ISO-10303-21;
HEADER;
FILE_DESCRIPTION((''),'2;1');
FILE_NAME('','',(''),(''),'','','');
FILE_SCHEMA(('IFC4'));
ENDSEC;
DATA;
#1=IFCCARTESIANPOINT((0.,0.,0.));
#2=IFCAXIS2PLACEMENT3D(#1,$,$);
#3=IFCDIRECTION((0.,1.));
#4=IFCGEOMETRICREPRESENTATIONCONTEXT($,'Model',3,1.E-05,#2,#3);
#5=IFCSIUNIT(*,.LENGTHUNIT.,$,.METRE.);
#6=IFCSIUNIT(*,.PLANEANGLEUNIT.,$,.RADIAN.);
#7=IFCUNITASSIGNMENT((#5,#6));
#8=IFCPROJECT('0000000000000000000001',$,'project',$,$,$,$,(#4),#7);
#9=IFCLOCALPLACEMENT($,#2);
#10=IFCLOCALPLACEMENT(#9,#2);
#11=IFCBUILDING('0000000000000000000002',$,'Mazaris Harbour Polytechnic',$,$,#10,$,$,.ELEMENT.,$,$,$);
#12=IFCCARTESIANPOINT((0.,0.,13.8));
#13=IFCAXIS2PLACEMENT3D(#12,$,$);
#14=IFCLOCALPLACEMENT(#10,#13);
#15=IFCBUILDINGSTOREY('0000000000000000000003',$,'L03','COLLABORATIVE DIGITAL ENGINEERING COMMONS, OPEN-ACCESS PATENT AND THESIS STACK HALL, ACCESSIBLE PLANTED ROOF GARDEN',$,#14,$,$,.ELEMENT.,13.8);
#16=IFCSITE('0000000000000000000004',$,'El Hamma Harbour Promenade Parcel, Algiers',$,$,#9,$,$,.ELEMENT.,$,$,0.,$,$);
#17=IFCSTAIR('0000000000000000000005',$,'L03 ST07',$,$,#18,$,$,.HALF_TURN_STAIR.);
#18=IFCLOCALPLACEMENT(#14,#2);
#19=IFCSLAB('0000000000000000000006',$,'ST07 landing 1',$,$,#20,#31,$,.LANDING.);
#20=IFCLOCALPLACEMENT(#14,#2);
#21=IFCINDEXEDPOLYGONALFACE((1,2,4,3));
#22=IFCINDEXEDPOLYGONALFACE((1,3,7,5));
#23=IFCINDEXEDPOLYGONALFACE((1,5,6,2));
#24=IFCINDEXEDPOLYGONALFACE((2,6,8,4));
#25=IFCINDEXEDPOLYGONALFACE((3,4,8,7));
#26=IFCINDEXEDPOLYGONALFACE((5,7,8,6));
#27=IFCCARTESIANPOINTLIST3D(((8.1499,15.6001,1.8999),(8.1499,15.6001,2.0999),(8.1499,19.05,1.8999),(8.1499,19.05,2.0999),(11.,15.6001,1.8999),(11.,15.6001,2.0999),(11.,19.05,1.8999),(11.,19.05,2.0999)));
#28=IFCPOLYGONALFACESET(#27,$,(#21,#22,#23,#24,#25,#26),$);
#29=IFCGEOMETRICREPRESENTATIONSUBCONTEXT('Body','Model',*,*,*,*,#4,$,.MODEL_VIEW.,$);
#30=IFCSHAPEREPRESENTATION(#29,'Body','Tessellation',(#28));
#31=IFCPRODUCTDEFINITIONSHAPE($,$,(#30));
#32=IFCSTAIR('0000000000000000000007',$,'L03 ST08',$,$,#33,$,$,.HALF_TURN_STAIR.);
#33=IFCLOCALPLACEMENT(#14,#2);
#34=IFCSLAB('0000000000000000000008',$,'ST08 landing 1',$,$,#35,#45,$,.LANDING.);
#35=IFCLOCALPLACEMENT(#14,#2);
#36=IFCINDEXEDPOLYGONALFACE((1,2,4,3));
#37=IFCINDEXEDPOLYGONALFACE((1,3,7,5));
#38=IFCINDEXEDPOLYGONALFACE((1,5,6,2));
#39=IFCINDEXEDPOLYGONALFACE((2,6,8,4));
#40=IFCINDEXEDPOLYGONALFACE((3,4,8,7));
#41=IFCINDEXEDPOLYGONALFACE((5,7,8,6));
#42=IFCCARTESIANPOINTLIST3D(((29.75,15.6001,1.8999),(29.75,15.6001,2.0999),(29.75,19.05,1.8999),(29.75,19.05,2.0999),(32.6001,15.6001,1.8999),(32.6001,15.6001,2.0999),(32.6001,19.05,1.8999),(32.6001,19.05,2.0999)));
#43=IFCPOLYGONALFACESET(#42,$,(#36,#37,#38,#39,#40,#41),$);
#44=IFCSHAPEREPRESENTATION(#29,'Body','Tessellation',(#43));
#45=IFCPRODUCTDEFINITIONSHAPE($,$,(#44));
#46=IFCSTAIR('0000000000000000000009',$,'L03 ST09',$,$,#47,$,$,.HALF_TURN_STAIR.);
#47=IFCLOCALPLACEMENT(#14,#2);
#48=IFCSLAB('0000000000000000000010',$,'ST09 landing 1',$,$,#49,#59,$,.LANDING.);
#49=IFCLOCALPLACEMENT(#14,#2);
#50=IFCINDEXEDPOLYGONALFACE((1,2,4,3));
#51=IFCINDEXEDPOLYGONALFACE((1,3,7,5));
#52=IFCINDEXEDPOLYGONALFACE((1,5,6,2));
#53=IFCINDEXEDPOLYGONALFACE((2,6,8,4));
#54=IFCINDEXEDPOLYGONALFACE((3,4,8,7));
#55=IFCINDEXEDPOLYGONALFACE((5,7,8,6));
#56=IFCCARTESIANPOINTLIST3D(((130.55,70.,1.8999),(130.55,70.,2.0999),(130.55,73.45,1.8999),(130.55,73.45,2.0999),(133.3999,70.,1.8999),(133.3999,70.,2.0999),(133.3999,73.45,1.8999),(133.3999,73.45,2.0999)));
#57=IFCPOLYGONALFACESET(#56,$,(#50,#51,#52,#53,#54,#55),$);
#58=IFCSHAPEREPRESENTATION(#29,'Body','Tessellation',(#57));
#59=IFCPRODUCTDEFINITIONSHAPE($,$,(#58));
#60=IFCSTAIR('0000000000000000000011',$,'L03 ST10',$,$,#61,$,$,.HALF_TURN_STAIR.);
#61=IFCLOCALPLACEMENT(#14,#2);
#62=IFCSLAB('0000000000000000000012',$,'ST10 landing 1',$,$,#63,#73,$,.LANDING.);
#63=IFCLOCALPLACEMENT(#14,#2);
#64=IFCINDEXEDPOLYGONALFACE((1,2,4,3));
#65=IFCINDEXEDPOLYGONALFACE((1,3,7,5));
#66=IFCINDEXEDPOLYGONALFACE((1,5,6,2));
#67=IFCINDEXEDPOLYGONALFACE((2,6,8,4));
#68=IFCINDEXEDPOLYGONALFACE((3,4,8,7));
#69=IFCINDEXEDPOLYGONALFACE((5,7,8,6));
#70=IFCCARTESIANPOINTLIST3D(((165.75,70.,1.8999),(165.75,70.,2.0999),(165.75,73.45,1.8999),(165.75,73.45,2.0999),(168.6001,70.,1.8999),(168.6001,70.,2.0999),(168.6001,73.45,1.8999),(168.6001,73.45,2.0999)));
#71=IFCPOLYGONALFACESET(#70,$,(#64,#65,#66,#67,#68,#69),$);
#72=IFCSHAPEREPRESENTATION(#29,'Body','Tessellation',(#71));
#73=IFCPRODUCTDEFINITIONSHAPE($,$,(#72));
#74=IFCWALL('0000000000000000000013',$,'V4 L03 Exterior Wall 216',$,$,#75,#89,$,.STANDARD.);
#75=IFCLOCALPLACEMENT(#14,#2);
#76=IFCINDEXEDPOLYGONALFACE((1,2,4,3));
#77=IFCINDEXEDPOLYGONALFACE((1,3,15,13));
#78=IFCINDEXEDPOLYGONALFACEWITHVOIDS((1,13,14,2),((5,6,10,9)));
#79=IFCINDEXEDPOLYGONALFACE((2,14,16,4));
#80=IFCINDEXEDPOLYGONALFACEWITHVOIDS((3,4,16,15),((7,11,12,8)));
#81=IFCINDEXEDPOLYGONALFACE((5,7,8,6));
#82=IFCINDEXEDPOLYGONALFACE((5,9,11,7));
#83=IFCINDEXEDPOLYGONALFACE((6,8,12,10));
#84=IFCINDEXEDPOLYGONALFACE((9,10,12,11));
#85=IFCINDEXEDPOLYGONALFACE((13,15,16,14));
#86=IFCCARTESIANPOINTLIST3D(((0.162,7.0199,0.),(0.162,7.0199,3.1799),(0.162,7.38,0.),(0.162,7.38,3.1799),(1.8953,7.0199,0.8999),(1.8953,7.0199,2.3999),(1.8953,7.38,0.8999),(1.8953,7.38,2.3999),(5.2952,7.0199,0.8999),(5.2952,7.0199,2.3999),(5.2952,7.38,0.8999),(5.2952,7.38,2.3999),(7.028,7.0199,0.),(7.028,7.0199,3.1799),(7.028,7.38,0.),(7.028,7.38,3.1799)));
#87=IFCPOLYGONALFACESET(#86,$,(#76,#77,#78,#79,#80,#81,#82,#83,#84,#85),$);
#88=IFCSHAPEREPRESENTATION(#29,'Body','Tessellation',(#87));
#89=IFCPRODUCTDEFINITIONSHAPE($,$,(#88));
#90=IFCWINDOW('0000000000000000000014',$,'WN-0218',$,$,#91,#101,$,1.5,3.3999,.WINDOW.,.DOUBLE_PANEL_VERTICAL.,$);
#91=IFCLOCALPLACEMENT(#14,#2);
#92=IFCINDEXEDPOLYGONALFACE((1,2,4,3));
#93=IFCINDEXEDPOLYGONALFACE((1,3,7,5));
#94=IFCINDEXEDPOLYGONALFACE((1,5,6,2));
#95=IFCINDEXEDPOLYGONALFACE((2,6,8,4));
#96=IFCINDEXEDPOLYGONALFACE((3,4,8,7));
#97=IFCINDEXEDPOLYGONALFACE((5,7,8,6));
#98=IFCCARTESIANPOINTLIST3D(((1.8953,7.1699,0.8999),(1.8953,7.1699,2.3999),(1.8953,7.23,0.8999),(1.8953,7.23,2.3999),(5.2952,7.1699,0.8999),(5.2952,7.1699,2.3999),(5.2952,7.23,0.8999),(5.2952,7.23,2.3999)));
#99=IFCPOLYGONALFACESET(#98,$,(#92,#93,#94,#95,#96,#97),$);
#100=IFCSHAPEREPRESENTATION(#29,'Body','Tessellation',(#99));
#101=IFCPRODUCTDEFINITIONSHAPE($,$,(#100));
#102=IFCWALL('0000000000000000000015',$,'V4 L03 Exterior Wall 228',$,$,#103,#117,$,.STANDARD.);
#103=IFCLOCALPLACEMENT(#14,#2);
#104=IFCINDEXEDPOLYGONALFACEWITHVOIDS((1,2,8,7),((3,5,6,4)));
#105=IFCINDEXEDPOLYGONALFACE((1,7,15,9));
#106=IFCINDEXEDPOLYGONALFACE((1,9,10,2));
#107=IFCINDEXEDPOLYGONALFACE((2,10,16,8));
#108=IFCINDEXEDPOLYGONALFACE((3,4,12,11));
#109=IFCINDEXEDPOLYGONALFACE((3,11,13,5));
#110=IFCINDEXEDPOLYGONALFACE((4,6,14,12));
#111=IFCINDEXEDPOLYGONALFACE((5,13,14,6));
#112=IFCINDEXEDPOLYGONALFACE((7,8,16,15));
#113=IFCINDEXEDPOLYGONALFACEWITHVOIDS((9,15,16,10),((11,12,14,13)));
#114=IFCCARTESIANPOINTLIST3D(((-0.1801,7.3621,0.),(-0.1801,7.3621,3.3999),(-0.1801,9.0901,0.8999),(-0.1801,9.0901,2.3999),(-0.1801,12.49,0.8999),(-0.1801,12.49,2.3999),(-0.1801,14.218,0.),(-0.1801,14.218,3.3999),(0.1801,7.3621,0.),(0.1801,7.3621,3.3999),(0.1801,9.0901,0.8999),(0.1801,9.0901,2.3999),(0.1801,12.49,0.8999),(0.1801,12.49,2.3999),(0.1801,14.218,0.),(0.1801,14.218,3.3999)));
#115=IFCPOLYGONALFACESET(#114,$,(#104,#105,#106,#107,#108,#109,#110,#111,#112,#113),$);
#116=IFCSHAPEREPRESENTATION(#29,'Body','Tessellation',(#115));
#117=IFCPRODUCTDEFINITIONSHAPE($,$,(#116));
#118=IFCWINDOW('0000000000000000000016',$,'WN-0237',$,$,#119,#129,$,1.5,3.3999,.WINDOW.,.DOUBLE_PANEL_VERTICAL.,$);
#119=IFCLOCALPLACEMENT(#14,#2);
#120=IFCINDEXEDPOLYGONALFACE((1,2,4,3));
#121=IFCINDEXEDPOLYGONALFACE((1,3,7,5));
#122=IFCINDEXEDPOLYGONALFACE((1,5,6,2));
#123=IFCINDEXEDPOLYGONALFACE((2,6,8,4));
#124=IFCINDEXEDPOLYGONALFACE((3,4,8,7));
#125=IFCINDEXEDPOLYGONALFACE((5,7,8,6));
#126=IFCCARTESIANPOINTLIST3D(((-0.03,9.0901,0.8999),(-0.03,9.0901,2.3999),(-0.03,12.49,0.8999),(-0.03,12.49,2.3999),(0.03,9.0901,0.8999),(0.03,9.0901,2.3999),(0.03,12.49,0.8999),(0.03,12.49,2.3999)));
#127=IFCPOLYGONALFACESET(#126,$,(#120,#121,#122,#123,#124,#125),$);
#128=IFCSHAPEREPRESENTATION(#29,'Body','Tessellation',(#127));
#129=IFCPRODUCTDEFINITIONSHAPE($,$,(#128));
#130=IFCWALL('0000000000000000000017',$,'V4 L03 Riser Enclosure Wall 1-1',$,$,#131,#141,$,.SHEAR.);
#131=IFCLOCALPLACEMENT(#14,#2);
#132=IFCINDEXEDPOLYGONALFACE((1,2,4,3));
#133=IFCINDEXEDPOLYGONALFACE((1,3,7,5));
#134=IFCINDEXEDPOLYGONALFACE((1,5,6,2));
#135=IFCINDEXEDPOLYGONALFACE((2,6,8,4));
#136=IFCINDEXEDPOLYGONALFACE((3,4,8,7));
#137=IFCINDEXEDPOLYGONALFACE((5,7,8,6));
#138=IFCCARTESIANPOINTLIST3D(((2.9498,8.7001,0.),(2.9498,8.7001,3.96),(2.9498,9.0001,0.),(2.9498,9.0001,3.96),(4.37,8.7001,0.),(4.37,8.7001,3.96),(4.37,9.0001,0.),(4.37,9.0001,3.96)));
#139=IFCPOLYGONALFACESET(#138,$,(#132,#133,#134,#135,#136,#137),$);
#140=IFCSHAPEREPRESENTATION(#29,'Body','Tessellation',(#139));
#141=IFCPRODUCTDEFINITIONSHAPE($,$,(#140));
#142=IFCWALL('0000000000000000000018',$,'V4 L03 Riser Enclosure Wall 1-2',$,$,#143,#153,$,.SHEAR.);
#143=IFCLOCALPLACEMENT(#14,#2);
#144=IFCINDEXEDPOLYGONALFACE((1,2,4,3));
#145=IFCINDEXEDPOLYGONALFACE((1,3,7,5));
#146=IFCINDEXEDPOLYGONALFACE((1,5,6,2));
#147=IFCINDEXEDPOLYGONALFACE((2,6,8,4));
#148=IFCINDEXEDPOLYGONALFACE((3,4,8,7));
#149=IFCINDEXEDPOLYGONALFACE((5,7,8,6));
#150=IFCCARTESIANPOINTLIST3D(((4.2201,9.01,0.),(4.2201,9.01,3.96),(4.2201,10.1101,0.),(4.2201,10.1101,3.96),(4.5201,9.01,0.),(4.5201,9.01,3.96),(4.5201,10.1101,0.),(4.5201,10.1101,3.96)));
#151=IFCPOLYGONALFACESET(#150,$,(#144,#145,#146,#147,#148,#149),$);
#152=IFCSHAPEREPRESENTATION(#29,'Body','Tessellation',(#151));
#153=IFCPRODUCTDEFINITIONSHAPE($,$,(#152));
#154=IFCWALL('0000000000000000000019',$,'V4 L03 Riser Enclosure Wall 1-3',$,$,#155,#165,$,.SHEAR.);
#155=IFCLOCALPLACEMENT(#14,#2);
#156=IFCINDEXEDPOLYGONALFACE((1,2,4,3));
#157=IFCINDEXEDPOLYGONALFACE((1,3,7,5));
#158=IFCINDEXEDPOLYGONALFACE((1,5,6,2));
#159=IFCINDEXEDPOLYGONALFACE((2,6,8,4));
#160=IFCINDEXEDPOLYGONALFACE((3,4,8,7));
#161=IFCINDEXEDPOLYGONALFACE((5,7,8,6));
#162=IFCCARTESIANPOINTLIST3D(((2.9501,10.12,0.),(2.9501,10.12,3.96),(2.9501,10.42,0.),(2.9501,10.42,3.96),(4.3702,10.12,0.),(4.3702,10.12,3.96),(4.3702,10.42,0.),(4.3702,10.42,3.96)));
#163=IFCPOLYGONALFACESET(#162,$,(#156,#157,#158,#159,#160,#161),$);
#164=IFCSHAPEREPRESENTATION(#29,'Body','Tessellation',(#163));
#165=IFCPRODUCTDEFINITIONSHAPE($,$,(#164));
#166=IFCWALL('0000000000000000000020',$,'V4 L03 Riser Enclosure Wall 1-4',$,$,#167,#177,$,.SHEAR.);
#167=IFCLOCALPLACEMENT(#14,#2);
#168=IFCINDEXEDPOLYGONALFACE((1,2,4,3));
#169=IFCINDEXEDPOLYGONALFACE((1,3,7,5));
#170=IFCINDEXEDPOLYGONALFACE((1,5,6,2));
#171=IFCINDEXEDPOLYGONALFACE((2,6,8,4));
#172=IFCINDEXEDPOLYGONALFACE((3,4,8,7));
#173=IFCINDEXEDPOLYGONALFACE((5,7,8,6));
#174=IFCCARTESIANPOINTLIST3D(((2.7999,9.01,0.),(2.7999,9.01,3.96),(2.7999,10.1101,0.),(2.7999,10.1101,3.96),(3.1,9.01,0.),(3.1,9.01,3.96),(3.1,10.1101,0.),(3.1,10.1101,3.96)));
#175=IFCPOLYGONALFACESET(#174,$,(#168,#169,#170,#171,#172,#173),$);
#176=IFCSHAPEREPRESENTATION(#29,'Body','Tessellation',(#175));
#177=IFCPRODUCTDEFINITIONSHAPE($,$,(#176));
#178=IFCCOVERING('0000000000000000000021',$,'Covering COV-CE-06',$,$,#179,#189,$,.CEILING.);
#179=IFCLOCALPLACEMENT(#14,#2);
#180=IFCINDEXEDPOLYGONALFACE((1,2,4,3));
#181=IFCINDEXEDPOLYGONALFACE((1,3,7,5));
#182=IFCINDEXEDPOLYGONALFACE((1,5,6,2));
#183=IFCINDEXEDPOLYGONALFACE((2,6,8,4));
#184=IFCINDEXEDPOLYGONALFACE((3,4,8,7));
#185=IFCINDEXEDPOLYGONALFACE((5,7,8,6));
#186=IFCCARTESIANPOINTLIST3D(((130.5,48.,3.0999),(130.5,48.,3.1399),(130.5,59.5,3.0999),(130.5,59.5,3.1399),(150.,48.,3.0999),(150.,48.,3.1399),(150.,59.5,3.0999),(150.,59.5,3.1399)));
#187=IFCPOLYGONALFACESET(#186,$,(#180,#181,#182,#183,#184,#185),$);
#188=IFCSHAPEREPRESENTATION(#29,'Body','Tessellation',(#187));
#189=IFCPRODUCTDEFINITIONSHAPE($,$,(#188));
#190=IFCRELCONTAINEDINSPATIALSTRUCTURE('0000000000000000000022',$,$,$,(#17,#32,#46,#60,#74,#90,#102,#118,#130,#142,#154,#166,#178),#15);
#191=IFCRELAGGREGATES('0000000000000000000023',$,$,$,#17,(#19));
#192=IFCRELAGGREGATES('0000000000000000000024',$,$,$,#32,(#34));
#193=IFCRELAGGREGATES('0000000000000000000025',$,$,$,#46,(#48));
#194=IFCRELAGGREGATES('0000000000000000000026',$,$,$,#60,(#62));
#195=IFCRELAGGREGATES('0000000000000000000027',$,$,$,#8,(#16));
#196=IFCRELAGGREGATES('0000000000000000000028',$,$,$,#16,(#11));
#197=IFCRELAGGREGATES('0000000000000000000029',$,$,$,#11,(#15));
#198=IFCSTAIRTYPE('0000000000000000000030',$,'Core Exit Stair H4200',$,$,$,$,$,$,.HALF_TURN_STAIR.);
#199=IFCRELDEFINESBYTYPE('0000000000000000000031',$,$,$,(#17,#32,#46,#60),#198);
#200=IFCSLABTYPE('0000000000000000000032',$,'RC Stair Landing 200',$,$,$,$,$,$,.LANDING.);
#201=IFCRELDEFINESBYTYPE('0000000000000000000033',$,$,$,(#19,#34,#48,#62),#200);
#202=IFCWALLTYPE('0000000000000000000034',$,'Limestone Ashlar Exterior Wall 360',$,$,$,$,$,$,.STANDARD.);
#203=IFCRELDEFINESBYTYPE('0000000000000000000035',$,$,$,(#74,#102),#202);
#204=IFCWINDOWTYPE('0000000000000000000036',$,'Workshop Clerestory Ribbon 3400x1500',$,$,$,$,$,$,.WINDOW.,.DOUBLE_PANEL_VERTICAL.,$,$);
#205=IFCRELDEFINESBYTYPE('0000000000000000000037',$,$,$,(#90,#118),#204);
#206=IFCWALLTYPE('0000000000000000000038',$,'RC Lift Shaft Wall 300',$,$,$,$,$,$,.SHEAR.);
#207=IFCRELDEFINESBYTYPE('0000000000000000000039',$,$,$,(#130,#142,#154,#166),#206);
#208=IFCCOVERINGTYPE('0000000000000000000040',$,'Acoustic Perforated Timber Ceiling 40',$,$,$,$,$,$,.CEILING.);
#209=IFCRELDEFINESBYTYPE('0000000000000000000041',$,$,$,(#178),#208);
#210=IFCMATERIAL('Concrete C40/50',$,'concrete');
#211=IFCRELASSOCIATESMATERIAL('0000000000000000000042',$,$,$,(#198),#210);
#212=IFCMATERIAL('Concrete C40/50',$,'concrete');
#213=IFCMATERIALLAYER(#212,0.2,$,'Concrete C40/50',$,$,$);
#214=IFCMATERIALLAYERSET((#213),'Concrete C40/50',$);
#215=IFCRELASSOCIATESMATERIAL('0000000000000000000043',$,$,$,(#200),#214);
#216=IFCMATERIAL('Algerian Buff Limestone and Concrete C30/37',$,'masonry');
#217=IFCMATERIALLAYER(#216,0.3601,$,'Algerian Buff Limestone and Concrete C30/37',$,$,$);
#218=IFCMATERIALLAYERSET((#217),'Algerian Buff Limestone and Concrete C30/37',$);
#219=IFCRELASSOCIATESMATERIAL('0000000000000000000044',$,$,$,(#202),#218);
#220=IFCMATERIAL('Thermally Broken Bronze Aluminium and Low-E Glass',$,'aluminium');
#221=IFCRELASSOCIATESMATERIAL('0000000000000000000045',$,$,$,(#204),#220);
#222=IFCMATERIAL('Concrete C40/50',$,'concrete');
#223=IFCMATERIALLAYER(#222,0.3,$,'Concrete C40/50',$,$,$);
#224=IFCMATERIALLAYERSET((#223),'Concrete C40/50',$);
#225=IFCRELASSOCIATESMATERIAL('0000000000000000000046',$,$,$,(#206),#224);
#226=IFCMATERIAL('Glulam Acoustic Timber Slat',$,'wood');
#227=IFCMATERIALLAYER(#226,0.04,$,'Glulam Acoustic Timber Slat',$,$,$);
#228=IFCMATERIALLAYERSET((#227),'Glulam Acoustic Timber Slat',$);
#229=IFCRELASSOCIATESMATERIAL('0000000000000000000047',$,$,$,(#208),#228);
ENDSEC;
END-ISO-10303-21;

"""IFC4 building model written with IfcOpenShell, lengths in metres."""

from ifc_helpers import new_model, si_unit, direction, frame, frame_2d, origin, place, context, subcontext, project, spatial, polyline, rectangle, outline, extrude, material, layer, layer_set, type_object, element, fill, aggregate, save


model = new_model("IFC4")

# Units and contexts
model_context = context("Model", 3, precision=1e-05, world=origin(), true_north=direction((0.0, 1.0)))
body_context = subcontext(model_context, "Body", "Model", "MODEL_VIEW")
ifc_project = project(units=[si_unit("LENGTHUNIT", "METRE"), si_unit("PLANEANGLEUNIT", "RADIAN")], contexts=[model_context])

# Site, building, storey
site_placement = place(None, origin())
site = spatial("IfcSite", under=ifc_project, at=site_placement, Name="El Hamma Harbour Promenade Parcel, Algiers", CompositionType="ELEMENT", RefElevation=0.0)
building_placement = place(site_placement, origin())
building = spatial("IfcBuilding", under=site, at=building_placement, Name="Mazaris Harbour Polytechnic", CompositionType="ELEMENT")
storey_placement = place(building_placement, frame((0.0, 0.0, 13.8)))
storey = spatial("IfcBuildingStorey", under=building, at=storey_placement, Name="L03", Description="COLLABORATIVE DIGITAL ENGINEERING COMMONS, OPEN-ACCESS PATENT AND THESIS STACK HALL, ACCESSIBLE PLANTED ROOF GARDEN", CompositionType="ELEMENT", Elevation=13.8)

# Stairs, slabs
ifc_material_1 = material(Name="Concrete C40/50", Category="concrete")
stair_type = type_object("IfcStairType", Name="Core Exit Stair H4200", PredefinedType="HALF_TURN_STAIR", material=ifc_material_1)
stair_1_placement = place(storey_placement, origin())
stair_1 = element("IfcStair", 1, at=stair_1_placement, inside=storey, type_object=stair_type, Name="L03 ST07", PredefinedType="HALF_TURN_STAIR")
ifc_material_2 = material(Name="Concrete C40/50", Category="concrete")
ifc_layer_1 = layer(ifc_material_2, 0.2, Name="Concrete C40/50")
ifc_layer_set_1 = layer_set([ifc_layer_1], Name="Concrete C40/50")
slab_type = type_object("IfcSlabType", Name="RC Stair Landing 200", PredefinedType="LANDING", material=ifc_layer_set_1)
slab_1_placement = place(storey_placement, frame((0.0, 0.0, 1.8999)))
slab_1 = element("IfcSlab", 2, at=slab_1_placement, type_object=slab_type, Name="ST07 landing 1", PredefinedType="LANDING", context=body_context, shape_type="SweptSolid", body=[
    extrude(outline(polyline([(8.1499, 15.6001), (11.0, 15.6001), (11.0, 19.05), (8.1499, 19.05), (8.1499, 15.6001)])), origin(), (0.0, 0.0, 1.0), 0.2),
])
aggregate(stair_1, [slab_1])
stair_2_placement = place(storey_placement, origin())
stair_2 = element("IfcStair", 3, at=stair_2_placement, inside=storey, type_object=stair_type, Name="L03 ST08", PredefinedType="HALF_TURN_STAIR")
slab_2_placement = place(storey_placement, frame((0.0, 0.0, 1.8999)))
slab_2 = element("IfcSlab", 4, at=slab_2_placement, type_object=slab_type, Name="ST08 landing 1", PredefinedType="LANDING", context=body_context, shape_type="SweptSolid", body=[
    extrude(outline(polyline([(29.75, 15.6001), (32.6001, 15.6001), (32.6001, 19.05), (29.75, 19.05), (29.75, 15.6001)])), origin(), (0.0, 0.0, 1.0), 0.2),
])
aggregate(stair_2, [slab_2])
stair_3_placement = place(storey_placement, origin())
stair_3 = element("IfcStair", 5, at=stair_3_placement, inside=storey, type_object=stair_type, Name="L03 ST09", PredefinedType="HALF_TURN_STAIR")
slab_3_placement = place(storey_placement, frame((0.0, 0.0, 1.8999)))
slab_3 = element("IfcSlab", 6, at=slab_3_placement, type_object=slab_type, Name="ST09 landing 1", PredefinedType="LANDING", context=body_context, shape_type="SweptSolid", body=[
    extrude(outline(polyline([(130.55, 70.0), (133.3999, 70.0), (133.3999, 73.45), (130.55, 73.45), (130.55, 70.0)])), origin(), (0.0, 0.0, 1.0), 0.2),
])
aggregate(stair_3, [slab_3])
stair_4_placement = place(storey_placement, origin())
stair_4 = element("IfcStair", 7, at=stair_4_placement, inside=storey, type_object=stair_type, Name="L03 ST10", PredefinedType="HALF_TURN_STAIR")
slab_4_placement = place(storey_placement, frame((0.0, 0.0, 1.8999)))
slab_4 = element("IfcSlab", 8, at=slab_4_placement, type_object=slab_type, Name="ST10 landing 1", PredefinedType="LANDING", context=body_context, shape_type="SweptSolid", body=[
    extrude(outline(polyline([(165.75, 70.0), (168.6001, 70.0), (168.6001, 73.45), (165.75, 73.45), (165.75, 70.0)])), origin(), (0.0, 0.0, 1.0), 0.2),
])
aggregate(stair_4, [slab_4])

# Walls, openings, windows
ifc_material_3 = material(Name="Algerian Buff Limestone and Concrete C30/37", Category="masonry")
ifc_layer_2 = layer(ifc_material_3, 0.3601, Name="Algerian Buff Limestone and Concrete C30/37")
ifc_layer_set_2 = layer_set([ifc_layer_2], Name="Algerian Buff Limestone and Concrete C30/37")
wall_type_1 = type_object("IfcWallType", Name="Limestone Ashlar Exterior Wall 360", PredefinedType="STANDARD", material=ifc_layer_set_2)
wall_1_placement = place(storey_placement, frame((7.0281, 7.2, 0.0), z_axis=(0.0, 0.0, 1.0), x_axis=(-1.0, 0.0, 0.0)))
wall_1 = element("IfcWall", 9, at=wall_1_placement, inside=storey, type_object=wall_type_1, Name="V4 L03 Exterior Wall 216", PredefinedType="STANDARD", context=body_context, shape_type="SweptSolid", body=[
    extrude(rectangle(XDim=6.866, YDim=0.3601, at=frame_2d((3.4331, 0.0))), origin(), (0.0, 0.0, 1.0), 3.1799),
])
opening_1_placement = place(wall_1_placement, frame((1.7329, 0.0, 0.8999)))
opening_1 = element("IfcOpeningElement", 10, at=opening_1_placement, cuts=wall_1, PredefinedType="OPENING", context=body_context, shape_type="SweptSolid", body=[
    extrude(rectangle(XDim=3.3999, YDim=1.5, at=frame_2d((1.7, 0.75))), frame((0.0, 0.1899, 0.0), z_axis=(0.0, -1.0, 0.0), x_axis=(1.0, 0.0, 0.0)), (0.0, 0.0, 1.0), 0.3801),
])
ifc_material_4 = material(Name="Thermally Broken Bronze Aluminium and Low-E Glass", Category="aluminium")
window_type = type_object("IfcWindowType", Name="Workshop Clerestory Ribbon 3400x1500", PartitioningType="DOUBLE_PANEL_VERTICAL", PredefinedType="WINDOW", material=ifc_material_4)
window_1_placement = place(opening_1_placement, origin())
window_1 = element("IfcWindow", 11, at=window_1_placement, inside=storey, type_object=window_type, Name="WN-0218", OverallHeight=1.5, OverallWidth=3.3999, PartitioningType="DOUBLE_PANEL_VERTICAL", PredefinedType="WINDOW", context=body_context, shape_type="SweptSolid", body=[
    extrude(rectangle(XDim=3.3999, YDim=1.5, at=frame_2d((1.7, 0.75))), frame((0.0, 0.03, 0.0), z_axis=(0.0, -1.0, 0.0), x_axis=(1.0, 0.0, 0.0)), (0.0, 0.0, 1.0), 0.0601),
])
fill(opening_1, window_1)
wall_2_placement = place(storey_placement, frame((0.0, 7.3621, 0.0), z_axis=(0.0, 0.0, 1.0), x_axis=(0.0, 1.0, 0.0)))
wall_2 = element("IfcWall", 12, at=wall_2_placement, inside=storey, type_object=wall_type_1, Name="V4 L03 Exterior Wall 228", PredefinedType="STANDARD", context=body_context, shape_type="SweptSolid", body=[
    extrude(rectangle(XDim=6.856, YDim=0.3601, at=frame_2d((3.428, 0.0))), origin(), (0.0, 0.0, 1.0), 3.3999),
])
opening_2_placement = place(wall_2_placement, frame((1.728, 0.0, 0.8999)))
opening_2 = element("IfcOpeningElement", 13, at=opening_2_placement, cuts=wall_2, PredefinedType="OPENING", context=body_context, shape_type="SweptSolid", body=[
    extrude(rectangle(XDim=3.3999, YDim=1.5, at=frame_2d((1.7, 0.75))), frame((0.0, 0.1899, 0.0), z_axis=(0.0, -1.0, 0.0), x_axis=(1.0, 0.0, 0.0)), (0.0, 0.0, 1.0), 0.3801),
])
window_2_placement = place(opening_2_placement, origin())
window_2 = element("IfcWindow", 14, at=window_2_placement, inside=storey, type_object=window_type, Name="WN-0237", OverallHeight=1.5, OverallWidth=3.3999, PartitioningType="DOUBLE_PANEL_VERTICAL", PredefinedType="WINDOW", context=body_context, shape_type="SweptSolid", body=[
    extrude(rectangle(XDim=3.3999, YDim=1.5, at=frame_2d((1.7, 0.75))), frame((0.0, 0.03, 0.0), z_axis=(0.0, -1.0, 0.0), x_axis=(1.0, 0.0, 0.0)), (0.0, 0.0, 1.0), 0.0601),
])
fill(opening_2, window_2)

# Walls
ifc_material_5 = material(Name="Concrete C40/50", Category="concrete")
ifc_layer_3 = layer(ifc_material_5, 0.3, Name="Concrete C40/50")
ifc_layer_set_3 = layer_set([ifc_layer_3], Name="Concrete C40/50")
wall_type_2 = type_object("IfcWallType", Name="RC Lift Shaft Wall 300", PredefinedType="SHEAR", material=ifc_layer_set_3)
wall_3_placement = place(storey_placement, frame((2.95, 8.8501, 0.0), z_axis=(0.0, 0.0, 1.0), x_axis=(1.0, 0.0, 0.0)))
element("IfcWall", 15, at=wall_3_placement, inside=storey, type_object=wall_type_2, Name="V4 L03 Riser Enclosure Wall 1-1", PredefinedType="SHEAR", context=body_context, shape_type="SweptSolid", body=[
    extrude(rectangle(XDim=1.4202, YDim=0.3, at=frame_2d((0.71, 0.0))), origin(), (0.0, 0.0, 1.0), 3.96),
])
wall_4_placement = place(storey_placement, frame((4.3701, 9.01, 0.0), z_axis=(0.0, 0.0, 1.0), x_axis=(0.0, 1.0, 0.0)))
element("IfcWall", 16, at=wall_4_placement, inside=storey, type_object=wall_type_2, Name="V4 L03 Riser Enclosure Wall 1-2", PredefinedType="SHEAR", context=body_context, shape_type="SweptSolid", body=[
    extrude(rectangle(XDim=1.1001, YDim=0.3, at=frame_2d((0.55, 0.0))), origin(), (0.0, 0.0, 1.0), 3.96),
])
wall_5_placement = place(storey_placement, frame((4.3701, 10.27, 0.0), z_axis=(0.0, 0.0, 1.0), x_axis=(-1.0, 0.0, 0.0)))
element("IfcWall", 17, at=wall_5_placement, inside=storey, type_object=wall_type_2, Name="V4 L03 Riser Enclosure Wall 1-3", PredefinedType="SHEAR", context=body_context, shape_type="SweptSolid", body=[
    extrude(rectangle(XDim=1.4202, YDim=0.3, at=frame_2d((0.71, 0.0))), origin(), (0.0, 0.0, 1.0), 3.96),
])
wall_6_placement = place(storey_placement, frame((2.95, 10.1101, 0.0), z_axis=(0.0, 0.0, 1.0), x_axis=(0.0, -1.0, 0.0)))
element("IfcWall", 18, at=wall_6_placement, inside=storey, type_object=wall_type_2, Name="V4 L03 Riser Enclosure Wall 1-4", PredefinedType="SHEAR", context=body_context, shape_type="SweptSolid", body=[
    extrude(rectangle(XDim=1.1001, YDim=0.3, at=frame_2d((0.55, 0.0))), origin(), (0.0, 0.0, 1.0), 3.96),
])

# Covering
ifc_material_6 = material(Name="Glulam Acoustic Timber Slat", Category="wood")
ifc_layer_4 = layer(ifc_material_6, 0.04, Name="Glulam Acoustic Timber Slat")
ifc_layer_set_4 = layer_set([ifc_layer_4], Name="Glulam Acoustic Timber Slat")
covering_type = type_object("IfcCoveringType", Name="Acoustic Perforated Timber Ceiling 40", PredefinedType="CEILING", material=ifc_layer_set_4)
covering_placement = place(storey_placement, frame((0.0, 0.0, 3.0999)))
element("IfcCovering", 19, at=covering_placement, inside=storey, type_object=covering_type, Name="Covering COV-CE-06", PredefinedType="CEILING", context=body_context, shape_type="SweptSolid", body=[
    extrude(outline(polyline([(130.5, 48.0), (150.0, 48.0), (150.0, 59.5), (130.5, 59.5), (130.5, 48.0)])), origin(), (0.0, 0.0, 1.0), 0.04),
])

save(model, "model.ifc")
